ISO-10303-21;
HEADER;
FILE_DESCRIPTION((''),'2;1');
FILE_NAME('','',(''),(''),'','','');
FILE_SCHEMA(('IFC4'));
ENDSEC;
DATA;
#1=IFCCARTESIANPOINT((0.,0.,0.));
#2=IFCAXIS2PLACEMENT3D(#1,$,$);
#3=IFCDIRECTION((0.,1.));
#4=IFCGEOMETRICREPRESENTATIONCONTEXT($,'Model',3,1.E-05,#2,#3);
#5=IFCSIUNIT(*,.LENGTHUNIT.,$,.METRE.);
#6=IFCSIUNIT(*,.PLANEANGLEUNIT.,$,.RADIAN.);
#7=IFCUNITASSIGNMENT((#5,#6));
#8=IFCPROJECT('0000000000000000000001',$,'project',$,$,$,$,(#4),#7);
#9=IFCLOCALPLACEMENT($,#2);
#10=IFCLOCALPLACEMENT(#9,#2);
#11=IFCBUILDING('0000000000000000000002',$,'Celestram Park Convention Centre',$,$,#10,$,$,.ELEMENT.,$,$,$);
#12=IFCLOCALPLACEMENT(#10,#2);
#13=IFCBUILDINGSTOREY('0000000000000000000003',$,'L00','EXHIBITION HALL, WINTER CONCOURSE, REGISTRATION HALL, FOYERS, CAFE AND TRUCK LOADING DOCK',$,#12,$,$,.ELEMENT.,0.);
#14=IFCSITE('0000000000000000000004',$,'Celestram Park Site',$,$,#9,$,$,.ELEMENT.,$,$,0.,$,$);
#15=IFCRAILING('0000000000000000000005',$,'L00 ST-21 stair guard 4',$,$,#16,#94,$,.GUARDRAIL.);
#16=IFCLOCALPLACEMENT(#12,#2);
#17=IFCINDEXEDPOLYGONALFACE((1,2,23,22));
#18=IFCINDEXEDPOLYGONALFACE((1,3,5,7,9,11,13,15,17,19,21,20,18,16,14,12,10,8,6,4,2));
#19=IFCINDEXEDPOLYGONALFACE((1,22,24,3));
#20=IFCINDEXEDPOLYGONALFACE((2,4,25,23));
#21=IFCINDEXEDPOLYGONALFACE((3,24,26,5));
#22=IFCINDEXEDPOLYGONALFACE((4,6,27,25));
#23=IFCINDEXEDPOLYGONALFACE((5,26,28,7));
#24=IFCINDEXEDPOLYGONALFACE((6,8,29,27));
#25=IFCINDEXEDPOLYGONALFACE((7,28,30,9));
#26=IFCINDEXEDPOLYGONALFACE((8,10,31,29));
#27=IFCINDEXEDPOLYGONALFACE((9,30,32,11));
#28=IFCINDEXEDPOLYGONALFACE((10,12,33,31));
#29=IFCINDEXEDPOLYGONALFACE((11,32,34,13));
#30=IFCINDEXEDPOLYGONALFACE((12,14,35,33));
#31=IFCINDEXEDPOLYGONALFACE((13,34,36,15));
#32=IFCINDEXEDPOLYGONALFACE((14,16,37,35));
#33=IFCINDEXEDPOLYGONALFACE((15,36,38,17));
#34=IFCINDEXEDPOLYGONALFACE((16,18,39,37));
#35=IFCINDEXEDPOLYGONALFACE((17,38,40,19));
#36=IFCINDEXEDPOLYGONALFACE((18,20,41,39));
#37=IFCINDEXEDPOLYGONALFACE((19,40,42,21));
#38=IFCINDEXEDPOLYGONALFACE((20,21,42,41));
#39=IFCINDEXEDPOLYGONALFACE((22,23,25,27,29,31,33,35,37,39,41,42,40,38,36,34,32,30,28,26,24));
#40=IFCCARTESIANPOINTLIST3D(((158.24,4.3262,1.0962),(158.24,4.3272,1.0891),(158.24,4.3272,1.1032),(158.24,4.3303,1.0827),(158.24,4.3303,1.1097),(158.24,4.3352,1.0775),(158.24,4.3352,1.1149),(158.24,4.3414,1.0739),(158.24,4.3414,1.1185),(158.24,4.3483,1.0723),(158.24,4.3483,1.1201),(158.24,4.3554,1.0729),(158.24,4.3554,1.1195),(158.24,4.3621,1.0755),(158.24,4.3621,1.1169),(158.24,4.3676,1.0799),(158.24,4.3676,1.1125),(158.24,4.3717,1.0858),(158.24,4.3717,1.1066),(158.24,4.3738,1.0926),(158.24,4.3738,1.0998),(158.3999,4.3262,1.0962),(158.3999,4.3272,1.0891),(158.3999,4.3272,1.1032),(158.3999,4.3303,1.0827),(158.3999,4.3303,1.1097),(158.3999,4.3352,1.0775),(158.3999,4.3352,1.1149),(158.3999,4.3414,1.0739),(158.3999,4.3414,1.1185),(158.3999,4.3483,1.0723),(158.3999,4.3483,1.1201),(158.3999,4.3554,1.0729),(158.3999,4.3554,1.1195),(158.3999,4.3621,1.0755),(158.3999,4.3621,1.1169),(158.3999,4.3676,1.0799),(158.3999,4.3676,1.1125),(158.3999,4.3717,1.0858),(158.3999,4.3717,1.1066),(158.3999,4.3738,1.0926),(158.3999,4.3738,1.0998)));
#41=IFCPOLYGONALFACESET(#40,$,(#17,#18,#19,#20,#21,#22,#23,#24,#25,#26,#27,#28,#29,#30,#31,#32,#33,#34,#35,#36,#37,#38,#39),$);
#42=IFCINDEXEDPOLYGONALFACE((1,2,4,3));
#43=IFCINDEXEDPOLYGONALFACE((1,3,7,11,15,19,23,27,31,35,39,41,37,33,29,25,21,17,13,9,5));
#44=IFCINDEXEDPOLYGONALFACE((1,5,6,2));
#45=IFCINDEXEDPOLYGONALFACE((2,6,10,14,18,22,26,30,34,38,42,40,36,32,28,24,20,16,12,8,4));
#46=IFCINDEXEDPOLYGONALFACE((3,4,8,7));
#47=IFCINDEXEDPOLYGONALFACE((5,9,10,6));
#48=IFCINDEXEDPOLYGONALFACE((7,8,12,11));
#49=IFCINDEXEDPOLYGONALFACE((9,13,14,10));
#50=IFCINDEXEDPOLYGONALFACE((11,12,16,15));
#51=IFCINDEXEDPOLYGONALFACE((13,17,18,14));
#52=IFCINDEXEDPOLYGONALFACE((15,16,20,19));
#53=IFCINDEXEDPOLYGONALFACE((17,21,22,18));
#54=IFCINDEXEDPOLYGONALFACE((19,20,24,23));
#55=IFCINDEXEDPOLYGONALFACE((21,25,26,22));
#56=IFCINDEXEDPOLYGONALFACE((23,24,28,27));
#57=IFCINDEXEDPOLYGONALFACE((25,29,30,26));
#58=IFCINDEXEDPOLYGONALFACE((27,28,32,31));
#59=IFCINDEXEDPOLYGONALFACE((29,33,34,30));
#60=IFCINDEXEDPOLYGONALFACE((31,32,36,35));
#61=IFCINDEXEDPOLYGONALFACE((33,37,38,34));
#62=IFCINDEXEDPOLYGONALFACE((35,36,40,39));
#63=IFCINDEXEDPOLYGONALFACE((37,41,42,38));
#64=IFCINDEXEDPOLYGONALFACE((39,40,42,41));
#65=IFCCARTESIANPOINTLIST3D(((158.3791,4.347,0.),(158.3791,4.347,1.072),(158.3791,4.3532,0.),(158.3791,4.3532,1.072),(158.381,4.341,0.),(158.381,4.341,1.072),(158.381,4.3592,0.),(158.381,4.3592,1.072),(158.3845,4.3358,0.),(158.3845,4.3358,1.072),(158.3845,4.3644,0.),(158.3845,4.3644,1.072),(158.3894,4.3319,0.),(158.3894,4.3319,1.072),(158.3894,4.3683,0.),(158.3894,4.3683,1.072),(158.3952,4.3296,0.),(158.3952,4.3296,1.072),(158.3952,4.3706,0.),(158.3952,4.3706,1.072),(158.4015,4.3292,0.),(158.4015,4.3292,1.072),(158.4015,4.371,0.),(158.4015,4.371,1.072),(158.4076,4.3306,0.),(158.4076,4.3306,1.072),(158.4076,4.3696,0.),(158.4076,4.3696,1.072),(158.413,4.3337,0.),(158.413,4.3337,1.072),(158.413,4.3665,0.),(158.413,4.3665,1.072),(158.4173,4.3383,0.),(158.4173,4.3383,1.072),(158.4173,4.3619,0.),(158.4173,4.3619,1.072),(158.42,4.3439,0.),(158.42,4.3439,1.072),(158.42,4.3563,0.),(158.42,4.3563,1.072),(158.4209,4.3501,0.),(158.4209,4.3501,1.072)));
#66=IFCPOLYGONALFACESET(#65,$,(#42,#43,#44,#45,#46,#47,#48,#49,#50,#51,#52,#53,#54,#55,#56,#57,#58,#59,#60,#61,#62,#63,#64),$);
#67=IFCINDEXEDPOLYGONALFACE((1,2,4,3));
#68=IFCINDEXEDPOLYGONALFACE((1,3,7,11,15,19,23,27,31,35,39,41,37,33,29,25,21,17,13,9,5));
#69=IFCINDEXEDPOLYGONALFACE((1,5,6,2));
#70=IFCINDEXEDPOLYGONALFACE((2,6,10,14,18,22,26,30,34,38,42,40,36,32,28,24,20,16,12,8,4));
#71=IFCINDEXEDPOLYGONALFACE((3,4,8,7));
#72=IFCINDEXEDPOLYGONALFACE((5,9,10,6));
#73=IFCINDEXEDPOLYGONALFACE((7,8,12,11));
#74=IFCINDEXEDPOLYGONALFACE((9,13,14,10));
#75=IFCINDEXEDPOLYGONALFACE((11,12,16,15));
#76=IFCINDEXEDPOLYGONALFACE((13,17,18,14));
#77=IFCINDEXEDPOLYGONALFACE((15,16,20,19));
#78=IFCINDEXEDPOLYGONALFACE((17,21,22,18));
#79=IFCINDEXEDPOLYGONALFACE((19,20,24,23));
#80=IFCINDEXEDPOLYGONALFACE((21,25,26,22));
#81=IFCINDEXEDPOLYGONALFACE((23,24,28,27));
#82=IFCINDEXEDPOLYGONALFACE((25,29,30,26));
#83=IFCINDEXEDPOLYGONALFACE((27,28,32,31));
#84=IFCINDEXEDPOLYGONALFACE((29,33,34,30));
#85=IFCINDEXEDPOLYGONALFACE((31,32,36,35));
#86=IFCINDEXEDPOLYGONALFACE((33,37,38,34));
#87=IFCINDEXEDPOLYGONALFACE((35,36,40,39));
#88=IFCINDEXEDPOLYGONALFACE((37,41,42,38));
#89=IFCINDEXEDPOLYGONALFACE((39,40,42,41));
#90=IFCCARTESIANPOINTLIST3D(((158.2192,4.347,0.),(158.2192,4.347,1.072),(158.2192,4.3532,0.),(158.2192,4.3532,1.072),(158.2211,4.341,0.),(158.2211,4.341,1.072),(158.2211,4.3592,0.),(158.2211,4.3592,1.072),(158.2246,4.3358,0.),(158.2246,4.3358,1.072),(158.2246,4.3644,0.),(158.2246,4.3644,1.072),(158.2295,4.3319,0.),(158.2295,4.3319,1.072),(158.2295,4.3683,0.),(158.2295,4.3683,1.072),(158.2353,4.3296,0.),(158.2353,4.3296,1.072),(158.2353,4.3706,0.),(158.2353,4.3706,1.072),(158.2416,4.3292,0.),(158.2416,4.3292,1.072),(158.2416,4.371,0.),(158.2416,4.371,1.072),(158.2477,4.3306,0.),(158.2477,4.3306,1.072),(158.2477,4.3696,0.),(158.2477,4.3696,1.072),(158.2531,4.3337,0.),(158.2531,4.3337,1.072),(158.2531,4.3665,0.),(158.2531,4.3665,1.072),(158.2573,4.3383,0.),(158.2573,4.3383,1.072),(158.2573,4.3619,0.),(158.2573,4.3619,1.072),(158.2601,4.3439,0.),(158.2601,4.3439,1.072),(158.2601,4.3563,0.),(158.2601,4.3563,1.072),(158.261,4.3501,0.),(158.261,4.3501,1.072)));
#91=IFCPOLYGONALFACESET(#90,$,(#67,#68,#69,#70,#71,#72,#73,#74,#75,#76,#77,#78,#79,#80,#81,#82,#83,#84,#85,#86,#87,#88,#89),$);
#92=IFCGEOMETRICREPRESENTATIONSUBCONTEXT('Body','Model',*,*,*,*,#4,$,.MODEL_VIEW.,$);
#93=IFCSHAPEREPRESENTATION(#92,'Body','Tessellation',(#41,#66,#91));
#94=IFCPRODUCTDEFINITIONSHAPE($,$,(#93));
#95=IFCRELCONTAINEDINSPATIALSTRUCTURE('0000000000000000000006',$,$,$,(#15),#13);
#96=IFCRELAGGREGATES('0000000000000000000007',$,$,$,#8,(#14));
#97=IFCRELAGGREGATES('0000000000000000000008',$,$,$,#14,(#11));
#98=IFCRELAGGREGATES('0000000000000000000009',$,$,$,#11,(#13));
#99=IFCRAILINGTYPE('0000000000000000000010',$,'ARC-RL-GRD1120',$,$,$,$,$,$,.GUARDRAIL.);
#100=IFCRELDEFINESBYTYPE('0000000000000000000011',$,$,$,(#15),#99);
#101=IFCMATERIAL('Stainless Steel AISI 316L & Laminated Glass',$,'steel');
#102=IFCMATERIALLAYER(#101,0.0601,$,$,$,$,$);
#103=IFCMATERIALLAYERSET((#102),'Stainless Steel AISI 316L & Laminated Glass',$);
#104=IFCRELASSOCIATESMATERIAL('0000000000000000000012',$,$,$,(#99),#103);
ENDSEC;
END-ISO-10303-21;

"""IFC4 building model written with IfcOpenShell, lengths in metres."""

from ifc_helpers import new_model, si_unit, direction, frame, origin, origin_2d, place, context, subcontext, project, spatial, circle, extrude, material, layer, layer_set, type_object, element, save


model = new_model("IFC4")

# Units and contexts
model_context = context("Model", 3, precision=1e-05, world=origin(), true_north=direction((0.0, 1.0)))
body_context = subcontext(model_context, "Body", "Model", "MODEL_VIEW")
ifc_project = project(units=[si_unit("LENGTHUNIT", "METRE"), si_unit("PLANEANGLEUNIT", "RADIAN")], contexts=[model_context])

# Site, building, storey
site_placement = place(None, origin())
site = spatial("IfcSite", under=ifc_project, at=site_placement, Name="Celestram Park Site", CompositionType="ELEMENT", RefElevation=0.0)
building_placement = place(site_placement, origin())
building = spatial("IfcBuilding", under=site, at=building_placement, Name="Celestram Park Convention Centre", CompositionType="ELEMENT")
storey_placement = place(building_placement, origin())
storey = spatial("IfcBuildingStorey", under=building, at=storey_placement, Name="L00", Description="EXHIBITION HALL, WINTER CONCOURSE, REGISTRATION HALL, FOYERS, CAFE AND TRUCK LOADING DOCK", CompositionType="ELEMENT", Elevation=0.0)

# Railing
ifc_material_1 = material(Name="Stainless Steel AISI 316L & Laminated Glass", Category="steel")
ifc_layer_1 = layer(ifc_material_1, 0.0601)
ifc_layer_set_1 = layer_set([ifc_layer_1], Name="Stainless Steel AISI 316L & Laminated Glass")
railing_type_1 = type_object("IfcRailingType", Name="ARC-RL-GRD1120", PredefinedType="GUARDRAIL", material=ifc_layer_set_1)
railing_1_placement = place(storey_placement, frame((158.3999, 4.3501, 0.0)))
element("IfcRailing", 1, at=railing_1_placement, inside=storey, type_object=railing_type_1, Name="L00 ST-21 stair guard 4", PredefinedType="GUARDRAIL", context=body_context, shape_type="SweptSolid", body=[
    extrude(circle(Radius=0.0239, at=origin_2d()), frame((0.0, 0.0, 1.0962), z_axis=(-1.0, 0.0, 0.0), x_axis=(0.0, -1.0, 0.0)), (0.0, 0.0, 1.0), 0.1599),
    extrude(circle(Radius=0.021, at=origin_2d()), origin(), (0.0, 0.0, 1.0), 1.072),
    extrude(circle(Radius=0.021, at=origin_2d()), frame((-0.1599, 0.0, 0.0)), (0.0, 0.0, 1.0), 1.072),
])

save(model, "model.ifc")
